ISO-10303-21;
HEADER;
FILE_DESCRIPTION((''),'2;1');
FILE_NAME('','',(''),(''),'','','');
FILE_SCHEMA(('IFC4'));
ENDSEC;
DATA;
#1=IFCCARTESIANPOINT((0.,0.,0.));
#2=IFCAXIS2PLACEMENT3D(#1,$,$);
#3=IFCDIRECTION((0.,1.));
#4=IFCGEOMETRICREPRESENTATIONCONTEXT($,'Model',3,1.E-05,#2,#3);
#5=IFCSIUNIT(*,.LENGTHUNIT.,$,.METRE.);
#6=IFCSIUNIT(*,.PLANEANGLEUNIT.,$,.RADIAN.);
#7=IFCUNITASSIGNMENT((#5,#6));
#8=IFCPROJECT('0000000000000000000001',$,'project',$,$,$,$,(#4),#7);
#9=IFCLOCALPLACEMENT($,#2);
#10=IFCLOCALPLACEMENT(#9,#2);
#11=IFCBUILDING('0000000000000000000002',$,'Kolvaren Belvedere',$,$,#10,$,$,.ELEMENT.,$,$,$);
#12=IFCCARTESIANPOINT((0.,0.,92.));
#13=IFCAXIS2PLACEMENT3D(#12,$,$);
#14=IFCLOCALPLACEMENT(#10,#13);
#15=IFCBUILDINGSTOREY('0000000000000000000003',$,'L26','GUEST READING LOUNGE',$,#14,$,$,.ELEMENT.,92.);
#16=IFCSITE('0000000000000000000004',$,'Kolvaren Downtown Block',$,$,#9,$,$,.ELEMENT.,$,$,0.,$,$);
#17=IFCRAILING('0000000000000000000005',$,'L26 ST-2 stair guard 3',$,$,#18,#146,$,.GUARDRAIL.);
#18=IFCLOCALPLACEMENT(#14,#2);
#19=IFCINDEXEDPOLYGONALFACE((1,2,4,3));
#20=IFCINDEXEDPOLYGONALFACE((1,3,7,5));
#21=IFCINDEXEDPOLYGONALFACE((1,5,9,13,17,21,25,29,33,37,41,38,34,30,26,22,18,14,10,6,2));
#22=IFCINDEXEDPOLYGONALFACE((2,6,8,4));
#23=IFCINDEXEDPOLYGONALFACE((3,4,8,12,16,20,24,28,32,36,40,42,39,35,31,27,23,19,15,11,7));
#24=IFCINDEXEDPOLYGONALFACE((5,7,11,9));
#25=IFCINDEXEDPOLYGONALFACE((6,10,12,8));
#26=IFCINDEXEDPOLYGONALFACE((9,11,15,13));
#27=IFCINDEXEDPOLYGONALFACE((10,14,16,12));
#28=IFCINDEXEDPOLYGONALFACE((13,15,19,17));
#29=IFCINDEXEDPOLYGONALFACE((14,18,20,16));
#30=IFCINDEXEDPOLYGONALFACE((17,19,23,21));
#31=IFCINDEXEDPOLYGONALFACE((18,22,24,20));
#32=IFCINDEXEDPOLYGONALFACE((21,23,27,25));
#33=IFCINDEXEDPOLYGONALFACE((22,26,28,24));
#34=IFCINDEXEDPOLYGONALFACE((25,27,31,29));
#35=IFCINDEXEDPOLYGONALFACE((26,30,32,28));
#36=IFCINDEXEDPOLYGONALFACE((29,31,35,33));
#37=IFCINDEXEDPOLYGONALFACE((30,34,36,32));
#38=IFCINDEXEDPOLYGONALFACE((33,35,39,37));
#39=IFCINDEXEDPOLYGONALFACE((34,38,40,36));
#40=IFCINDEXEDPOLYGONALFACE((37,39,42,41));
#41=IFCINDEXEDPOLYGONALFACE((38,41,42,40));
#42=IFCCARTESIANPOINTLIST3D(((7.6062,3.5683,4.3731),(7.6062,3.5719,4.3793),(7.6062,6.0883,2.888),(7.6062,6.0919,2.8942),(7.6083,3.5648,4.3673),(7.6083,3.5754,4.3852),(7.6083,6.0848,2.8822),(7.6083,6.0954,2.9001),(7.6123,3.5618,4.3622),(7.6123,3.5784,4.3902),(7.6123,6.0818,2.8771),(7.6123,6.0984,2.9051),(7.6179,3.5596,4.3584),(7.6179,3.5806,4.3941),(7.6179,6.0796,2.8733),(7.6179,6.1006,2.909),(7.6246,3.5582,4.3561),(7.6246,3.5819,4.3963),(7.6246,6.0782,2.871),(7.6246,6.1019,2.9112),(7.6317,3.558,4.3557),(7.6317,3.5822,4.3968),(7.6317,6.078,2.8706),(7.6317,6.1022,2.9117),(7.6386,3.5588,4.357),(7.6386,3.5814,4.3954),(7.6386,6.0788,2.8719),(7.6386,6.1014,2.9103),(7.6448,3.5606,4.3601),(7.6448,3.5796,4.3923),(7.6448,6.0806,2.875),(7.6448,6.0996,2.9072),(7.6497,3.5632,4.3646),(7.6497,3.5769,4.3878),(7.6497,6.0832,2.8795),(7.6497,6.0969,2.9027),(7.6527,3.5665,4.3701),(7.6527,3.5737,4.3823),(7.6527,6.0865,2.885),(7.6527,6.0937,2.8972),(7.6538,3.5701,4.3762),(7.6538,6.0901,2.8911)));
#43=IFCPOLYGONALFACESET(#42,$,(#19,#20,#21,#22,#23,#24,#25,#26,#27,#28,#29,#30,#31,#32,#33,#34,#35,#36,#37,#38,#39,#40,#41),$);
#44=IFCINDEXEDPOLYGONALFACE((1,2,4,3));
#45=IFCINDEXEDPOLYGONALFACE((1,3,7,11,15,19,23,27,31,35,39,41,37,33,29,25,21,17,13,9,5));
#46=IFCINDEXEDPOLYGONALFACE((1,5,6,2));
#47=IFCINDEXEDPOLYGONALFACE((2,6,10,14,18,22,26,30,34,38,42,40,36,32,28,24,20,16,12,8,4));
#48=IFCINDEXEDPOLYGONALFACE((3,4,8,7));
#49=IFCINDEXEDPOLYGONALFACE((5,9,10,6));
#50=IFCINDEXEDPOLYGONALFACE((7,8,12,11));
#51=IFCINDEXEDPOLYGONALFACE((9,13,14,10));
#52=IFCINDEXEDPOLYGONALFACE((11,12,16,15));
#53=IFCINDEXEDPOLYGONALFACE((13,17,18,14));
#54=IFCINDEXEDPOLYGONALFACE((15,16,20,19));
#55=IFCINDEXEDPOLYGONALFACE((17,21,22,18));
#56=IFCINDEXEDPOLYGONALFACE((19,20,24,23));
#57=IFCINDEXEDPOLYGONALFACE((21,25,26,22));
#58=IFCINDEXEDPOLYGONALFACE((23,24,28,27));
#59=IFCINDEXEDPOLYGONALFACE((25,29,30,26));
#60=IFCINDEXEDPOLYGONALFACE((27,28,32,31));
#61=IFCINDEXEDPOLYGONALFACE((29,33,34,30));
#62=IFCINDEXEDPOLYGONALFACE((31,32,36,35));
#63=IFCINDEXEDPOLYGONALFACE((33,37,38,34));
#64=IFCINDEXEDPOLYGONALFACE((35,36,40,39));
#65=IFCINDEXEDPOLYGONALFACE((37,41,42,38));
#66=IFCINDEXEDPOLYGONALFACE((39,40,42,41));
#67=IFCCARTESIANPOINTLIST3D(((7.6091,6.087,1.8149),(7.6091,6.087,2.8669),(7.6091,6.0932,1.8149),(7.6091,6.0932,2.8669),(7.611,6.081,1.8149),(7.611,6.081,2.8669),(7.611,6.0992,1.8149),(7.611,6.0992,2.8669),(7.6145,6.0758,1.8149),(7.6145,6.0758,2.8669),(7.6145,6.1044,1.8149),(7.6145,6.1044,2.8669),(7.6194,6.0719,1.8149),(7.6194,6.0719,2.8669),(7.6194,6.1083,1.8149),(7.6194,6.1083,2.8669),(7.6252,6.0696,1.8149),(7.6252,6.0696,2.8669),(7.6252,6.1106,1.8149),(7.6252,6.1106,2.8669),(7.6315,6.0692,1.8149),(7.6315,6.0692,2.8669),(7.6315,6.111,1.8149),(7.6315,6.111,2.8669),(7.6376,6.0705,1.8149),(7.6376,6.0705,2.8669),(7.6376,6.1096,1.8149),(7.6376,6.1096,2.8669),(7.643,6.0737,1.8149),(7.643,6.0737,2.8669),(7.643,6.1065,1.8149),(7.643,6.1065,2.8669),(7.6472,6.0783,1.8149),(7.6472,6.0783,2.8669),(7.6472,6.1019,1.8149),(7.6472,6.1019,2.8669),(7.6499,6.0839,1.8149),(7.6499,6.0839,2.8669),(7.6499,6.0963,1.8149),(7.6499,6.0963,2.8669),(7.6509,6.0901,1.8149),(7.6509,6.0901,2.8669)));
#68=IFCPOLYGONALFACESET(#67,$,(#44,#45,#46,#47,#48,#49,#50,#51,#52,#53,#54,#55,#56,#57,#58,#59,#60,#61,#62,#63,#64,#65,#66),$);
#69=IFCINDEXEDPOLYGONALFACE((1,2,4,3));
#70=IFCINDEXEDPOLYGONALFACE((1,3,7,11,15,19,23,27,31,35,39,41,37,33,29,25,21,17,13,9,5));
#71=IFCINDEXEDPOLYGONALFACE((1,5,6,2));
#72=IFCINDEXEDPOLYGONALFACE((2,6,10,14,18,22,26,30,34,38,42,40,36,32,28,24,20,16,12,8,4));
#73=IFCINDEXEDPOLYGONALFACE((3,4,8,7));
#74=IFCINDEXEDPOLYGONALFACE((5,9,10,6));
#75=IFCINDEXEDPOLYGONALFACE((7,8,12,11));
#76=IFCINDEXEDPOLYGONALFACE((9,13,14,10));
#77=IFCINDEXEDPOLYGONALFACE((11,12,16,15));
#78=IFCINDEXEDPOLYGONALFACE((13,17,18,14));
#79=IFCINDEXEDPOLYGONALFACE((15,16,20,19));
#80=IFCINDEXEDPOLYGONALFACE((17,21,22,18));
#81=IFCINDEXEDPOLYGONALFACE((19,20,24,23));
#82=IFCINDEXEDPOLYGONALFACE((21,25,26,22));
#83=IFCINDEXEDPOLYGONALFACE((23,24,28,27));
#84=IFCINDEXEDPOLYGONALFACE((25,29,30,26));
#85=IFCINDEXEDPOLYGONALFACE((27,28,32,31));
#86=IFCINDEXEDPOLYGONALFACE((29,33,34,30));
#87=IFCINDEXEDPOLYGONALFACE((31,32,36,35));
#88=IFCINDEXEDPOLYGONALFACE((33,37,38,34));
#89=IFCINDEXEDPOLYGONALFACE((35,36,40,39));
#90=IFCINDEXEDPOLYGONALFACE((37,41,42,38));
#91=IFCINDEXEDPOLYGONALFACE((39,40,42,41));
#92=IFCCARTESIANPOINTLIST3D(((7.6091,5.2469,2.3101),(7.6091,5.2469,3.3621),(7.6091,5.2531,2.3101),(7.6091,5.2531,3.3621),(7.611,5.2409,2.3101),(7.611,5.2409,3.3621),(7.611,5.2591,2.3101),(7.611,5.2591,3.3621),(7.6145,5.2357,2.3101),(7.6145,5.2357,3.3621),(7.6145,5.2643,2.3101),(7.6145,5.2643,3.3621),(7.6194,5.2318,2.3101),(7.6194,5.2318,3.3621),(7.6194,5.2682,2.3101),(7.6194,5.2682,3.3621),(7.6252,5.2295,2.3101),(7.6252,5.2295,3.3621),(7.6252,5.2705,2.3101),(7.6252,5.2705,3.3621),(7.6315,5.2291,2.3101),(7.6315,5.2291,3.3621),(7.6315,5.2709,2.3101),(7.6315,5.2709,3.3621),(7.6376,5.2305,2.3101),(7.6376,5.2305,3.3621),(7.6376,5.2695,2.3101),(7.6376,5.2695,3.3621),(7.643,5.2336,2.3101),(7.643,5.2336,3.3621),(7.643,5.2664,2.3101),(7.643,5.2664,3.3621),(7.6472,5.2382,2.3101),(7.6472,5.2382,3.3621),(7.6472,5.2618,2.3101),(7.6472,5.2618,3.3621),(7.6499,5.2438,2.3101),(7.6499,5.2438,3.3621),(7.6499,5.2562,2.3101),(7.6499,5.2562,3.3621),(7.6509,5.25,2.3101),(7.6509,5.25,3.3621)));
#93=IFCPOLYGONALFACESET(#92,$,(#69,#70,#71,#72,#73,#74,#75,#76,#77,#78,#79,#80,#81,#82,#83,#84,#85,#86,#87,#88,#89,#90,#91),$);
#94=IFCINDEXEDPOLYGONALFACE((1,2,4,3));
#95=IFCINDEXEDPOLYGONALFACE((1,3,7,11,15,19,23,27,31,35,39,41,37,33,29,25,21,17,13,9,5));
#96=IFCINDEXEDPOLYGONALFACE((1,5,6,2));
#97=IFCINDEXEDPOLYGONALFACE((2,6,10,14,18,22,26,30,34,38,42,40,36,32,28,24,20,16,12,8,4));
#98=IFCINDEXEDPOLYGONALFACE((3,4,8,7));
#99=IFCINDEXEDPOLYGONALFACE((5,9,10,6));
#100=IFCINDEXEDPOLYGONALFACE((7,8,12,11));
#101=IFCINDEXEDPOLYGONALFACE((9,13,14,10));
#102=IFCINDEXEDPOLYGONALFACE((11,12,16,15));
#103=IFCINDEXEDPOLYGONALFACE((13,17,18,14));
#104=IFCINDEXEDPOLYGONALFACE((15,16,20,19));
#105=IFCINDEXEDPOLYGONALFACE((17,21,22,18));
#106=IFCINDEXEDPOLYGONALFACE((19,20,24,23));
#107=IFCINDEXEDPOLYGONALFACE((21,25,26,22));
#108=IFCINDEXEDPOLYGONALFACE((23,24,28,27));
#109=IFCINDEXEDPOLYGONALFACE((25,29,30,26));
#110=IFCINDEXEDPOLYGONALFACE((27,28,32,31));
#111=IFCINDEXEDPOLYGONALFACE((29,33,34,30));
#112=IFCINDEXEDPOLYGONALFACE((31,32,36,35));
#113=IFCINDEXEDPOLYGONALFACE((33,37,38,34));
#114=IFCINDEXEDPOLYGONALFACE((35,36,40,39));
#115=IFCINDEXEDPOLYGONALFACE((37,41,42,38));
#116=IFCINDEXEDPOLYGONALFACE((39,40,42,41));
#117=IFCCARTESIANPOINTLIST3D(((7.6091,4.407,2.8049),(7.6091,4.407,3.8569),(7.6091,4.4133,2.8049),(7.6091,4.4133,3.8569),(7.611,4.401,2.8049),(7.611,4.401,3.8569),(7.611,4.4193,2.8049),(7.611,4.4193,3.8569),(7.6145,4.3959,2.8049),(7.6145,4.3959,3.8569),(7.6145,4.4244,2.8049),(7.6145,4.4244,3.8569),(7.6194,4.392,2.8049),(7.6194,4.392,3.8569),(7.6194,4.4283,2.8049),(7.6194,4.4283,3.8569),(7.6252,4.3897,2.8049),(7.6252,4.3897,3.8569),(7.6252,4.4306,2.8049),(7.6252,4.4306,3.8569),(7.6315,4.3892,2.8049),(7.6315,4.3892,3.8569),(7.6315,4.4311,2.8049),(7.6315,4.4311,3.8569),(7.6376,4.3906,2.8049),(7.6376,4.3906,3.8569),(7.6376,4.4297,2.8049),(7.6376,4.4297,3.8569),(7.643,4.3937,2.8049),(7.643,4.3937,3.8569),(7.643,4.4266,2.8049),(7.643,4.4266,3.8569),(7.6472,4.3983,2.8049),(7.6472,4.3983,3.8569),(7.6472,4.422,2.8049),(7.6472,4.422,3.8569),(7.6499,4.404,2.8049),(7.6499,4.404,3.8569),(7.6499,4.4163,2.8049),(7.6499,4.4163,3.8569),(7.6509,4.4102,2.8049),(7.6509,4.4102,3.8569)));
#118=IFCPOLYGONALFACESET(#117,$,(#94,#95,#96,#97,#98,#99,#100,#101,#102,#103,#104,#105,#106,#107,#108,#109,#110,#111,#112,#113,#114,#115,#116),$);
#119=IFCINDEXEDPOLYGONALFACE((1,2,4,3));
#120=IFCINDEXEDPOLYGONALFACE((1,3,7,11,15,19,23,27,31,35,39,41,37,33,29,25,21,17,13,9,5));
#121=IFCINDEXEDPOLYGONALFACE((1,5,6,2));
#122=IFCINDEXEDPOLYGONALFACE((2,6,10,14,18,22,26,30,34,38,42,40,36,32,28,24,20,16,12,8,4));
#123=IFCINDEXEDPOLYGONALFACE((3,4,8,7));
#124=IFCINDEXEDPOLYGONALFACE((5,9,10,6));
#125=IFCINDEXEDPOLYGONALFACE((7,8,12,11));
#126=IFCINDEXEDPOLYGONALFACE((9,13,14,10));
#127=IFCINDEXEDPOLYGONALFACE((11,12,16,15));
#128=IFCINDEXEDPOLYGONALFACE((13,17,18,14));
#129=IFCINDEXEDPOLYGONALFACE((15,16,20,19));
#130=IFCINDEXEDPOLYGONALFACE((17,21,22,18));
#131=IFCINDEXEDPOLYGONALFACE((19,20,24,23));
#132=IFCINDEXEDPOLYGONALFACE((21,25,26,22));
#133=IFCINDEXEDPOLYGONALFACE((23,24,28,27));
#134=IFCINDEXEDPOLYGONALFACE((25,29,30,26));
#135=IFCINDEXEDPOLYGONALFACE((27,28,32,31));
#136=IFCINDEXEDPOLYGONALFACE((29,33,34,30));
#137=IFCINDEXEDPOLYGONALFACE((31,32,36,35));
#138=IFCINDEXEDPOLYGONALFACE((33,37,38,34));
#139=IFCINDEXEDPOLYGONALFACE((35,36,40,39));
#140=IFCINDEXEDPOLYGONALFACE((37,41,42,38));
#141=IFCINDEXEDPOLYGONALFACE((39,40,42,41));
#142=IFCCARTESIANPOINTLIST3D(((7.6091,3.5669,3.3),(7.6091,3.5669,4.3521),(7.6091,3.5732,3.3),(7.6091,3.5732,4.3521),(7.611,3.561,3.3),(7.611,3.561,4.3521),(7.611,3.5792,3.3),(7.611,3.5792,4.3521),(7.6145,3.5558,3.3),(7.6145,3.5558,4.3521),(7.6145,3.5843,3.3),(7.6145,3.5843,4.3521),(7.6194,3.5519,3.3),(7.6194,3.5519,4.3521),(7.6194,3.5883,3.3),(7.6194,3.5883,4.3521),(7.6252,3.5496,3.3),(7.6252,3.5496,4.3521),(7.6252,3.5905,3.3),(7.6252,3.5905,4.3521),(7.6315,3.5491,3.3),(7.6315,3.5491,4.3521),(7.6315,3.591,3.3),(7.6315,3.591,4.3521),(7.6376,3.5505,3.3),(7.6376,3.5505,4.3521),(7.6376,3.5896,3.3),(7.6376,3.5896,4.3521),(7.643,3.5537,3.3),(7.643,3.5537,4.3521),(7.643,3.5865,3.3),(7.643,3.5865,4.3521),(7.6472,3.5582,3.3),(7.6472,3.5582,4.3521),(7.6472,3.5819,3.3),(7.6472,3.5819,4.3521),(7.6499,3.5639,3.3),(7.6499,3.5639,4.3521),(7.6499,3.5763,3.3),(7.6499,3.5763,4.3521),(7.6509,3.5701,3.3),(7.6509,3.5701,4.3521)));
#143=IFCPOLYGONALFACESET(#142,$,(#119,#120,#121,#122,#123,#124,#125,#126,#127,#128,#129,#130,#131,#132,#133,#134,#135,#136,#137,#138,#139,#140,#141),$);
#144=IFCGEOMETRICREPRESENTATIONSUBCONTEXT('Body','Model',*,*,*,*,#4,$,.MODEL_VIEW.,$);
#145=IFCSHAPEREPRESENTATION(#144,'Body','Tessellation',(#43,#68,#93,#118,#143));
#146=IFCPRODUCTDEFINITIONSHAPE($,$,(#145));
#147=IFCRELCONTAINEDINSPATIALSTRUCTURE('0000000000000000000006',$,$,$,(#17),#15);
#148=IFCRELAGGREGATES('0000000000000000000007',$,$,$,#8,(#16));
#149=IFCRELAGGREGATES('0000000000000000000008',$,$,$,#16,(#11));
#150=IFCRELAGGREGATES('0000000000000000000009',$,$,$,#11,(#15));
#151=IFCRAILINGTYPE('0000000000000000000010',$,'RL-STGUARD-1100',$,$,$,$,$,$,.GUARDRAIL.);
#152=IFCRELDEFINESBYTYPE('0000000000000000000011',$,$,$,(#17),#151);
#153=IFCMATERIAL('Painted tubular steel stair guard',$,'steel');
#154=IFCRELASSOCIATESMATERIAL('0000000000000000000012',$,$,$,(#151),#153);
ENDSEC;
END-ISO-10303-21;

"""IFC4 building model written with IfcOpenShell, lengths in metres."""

from ifc_helpers import new_model, si_unit, direction, frame, origin, origin_2d, place, context, subcontext, project, spatial, circle, extrude, material, type_object, element, save


model = new_model("IFC4")

# Units and contexts
model_context = context("Model", 3, precision=1e-05, world=origin(), true_north=direction((0.0, 1.0)))
body_context = subcontext(model_context, "Body", "Model", "MODEL_VIEW")
ifc_project = project(units=[si_unit("LENGTHUNIT", "METRE"), si_unit("PLANEANGLEUNIT", "RADIAN")], contexts=[model_context])

# Site, building, storey
site_placement = place(None, origin())
site = spatial("IfcSite", under=ifc_project, at=site_placement, Name="Kolvaren Downtown Block", CompositionType="ELEMENT", RefElevation=0.0)
building_placement = place(site_placement, origin())
building = spatial("IfcBuilding", under=site, at=building_placement, Name="Kolvaren Belvedere", CompositionType="ELEMENT")
storey_placement = place(building_placement, frame((0.0, 0.0, 92.0)))
storey = spatial("IfcBuildingStorey", under=building, at=storey_placement, Name="L26", Description="GUEST READING LOUNGE", CompositionType="ELEMENT", Elevation=92.0)

# Railing
ifc_material_1 = material(Name="Painted tubular steel stair guard", Category="steel")
railing_type_1 = type_object("IfcRailingType", Name="RL-STGUARD-1100", PredefinedType="GUARDRAIL", material=ifc_material_1)
railing_1_placement = place(storey_placement, frame((7.6299, 6.0901, 1.8149)))
element("IfcRailing", 1, at=railing_1_placement, inside=storey, type_object=railing_type_1, Name="L26 ST-2 stair guard 3", PredefinedType="GUARDRAIL", context=body_context, shape_type="SweptSolid", body=[
    extrude(circle(Radius=0.0239, at=origin_2d()), frame((0.0, 0.0, 1.0762), z_axis=(0.0, -0.861524, 0.507717), x_axis=(1.0, 0.0, 0.0)), (0.0, 0.0, 1.0), 2.925),
    extrude(circle(Radius=0.021, at=origin_2d()), origin(), (0.0, 0.0, 1.0), 1.052),
    extrude(circle(Radius=0.021, at=origin_2d()), frame((0.0, -0.8401, 0.4951)), (0.0, 0.0, 1.0), 1.052),
    extrude(circle(Radius=0.021, at=origin_2d()), frame((0.0, -1.6799, 0.99)), (0.0, 0.0, 1.0), 1.052),
    extrude(circle(Radius=0.021, at=origin_2d()), frame((0.0, -2.52, 1.4851)), (0.0, 0.0, 1.0), 1.052),
])

save(model, "model.ifc")
